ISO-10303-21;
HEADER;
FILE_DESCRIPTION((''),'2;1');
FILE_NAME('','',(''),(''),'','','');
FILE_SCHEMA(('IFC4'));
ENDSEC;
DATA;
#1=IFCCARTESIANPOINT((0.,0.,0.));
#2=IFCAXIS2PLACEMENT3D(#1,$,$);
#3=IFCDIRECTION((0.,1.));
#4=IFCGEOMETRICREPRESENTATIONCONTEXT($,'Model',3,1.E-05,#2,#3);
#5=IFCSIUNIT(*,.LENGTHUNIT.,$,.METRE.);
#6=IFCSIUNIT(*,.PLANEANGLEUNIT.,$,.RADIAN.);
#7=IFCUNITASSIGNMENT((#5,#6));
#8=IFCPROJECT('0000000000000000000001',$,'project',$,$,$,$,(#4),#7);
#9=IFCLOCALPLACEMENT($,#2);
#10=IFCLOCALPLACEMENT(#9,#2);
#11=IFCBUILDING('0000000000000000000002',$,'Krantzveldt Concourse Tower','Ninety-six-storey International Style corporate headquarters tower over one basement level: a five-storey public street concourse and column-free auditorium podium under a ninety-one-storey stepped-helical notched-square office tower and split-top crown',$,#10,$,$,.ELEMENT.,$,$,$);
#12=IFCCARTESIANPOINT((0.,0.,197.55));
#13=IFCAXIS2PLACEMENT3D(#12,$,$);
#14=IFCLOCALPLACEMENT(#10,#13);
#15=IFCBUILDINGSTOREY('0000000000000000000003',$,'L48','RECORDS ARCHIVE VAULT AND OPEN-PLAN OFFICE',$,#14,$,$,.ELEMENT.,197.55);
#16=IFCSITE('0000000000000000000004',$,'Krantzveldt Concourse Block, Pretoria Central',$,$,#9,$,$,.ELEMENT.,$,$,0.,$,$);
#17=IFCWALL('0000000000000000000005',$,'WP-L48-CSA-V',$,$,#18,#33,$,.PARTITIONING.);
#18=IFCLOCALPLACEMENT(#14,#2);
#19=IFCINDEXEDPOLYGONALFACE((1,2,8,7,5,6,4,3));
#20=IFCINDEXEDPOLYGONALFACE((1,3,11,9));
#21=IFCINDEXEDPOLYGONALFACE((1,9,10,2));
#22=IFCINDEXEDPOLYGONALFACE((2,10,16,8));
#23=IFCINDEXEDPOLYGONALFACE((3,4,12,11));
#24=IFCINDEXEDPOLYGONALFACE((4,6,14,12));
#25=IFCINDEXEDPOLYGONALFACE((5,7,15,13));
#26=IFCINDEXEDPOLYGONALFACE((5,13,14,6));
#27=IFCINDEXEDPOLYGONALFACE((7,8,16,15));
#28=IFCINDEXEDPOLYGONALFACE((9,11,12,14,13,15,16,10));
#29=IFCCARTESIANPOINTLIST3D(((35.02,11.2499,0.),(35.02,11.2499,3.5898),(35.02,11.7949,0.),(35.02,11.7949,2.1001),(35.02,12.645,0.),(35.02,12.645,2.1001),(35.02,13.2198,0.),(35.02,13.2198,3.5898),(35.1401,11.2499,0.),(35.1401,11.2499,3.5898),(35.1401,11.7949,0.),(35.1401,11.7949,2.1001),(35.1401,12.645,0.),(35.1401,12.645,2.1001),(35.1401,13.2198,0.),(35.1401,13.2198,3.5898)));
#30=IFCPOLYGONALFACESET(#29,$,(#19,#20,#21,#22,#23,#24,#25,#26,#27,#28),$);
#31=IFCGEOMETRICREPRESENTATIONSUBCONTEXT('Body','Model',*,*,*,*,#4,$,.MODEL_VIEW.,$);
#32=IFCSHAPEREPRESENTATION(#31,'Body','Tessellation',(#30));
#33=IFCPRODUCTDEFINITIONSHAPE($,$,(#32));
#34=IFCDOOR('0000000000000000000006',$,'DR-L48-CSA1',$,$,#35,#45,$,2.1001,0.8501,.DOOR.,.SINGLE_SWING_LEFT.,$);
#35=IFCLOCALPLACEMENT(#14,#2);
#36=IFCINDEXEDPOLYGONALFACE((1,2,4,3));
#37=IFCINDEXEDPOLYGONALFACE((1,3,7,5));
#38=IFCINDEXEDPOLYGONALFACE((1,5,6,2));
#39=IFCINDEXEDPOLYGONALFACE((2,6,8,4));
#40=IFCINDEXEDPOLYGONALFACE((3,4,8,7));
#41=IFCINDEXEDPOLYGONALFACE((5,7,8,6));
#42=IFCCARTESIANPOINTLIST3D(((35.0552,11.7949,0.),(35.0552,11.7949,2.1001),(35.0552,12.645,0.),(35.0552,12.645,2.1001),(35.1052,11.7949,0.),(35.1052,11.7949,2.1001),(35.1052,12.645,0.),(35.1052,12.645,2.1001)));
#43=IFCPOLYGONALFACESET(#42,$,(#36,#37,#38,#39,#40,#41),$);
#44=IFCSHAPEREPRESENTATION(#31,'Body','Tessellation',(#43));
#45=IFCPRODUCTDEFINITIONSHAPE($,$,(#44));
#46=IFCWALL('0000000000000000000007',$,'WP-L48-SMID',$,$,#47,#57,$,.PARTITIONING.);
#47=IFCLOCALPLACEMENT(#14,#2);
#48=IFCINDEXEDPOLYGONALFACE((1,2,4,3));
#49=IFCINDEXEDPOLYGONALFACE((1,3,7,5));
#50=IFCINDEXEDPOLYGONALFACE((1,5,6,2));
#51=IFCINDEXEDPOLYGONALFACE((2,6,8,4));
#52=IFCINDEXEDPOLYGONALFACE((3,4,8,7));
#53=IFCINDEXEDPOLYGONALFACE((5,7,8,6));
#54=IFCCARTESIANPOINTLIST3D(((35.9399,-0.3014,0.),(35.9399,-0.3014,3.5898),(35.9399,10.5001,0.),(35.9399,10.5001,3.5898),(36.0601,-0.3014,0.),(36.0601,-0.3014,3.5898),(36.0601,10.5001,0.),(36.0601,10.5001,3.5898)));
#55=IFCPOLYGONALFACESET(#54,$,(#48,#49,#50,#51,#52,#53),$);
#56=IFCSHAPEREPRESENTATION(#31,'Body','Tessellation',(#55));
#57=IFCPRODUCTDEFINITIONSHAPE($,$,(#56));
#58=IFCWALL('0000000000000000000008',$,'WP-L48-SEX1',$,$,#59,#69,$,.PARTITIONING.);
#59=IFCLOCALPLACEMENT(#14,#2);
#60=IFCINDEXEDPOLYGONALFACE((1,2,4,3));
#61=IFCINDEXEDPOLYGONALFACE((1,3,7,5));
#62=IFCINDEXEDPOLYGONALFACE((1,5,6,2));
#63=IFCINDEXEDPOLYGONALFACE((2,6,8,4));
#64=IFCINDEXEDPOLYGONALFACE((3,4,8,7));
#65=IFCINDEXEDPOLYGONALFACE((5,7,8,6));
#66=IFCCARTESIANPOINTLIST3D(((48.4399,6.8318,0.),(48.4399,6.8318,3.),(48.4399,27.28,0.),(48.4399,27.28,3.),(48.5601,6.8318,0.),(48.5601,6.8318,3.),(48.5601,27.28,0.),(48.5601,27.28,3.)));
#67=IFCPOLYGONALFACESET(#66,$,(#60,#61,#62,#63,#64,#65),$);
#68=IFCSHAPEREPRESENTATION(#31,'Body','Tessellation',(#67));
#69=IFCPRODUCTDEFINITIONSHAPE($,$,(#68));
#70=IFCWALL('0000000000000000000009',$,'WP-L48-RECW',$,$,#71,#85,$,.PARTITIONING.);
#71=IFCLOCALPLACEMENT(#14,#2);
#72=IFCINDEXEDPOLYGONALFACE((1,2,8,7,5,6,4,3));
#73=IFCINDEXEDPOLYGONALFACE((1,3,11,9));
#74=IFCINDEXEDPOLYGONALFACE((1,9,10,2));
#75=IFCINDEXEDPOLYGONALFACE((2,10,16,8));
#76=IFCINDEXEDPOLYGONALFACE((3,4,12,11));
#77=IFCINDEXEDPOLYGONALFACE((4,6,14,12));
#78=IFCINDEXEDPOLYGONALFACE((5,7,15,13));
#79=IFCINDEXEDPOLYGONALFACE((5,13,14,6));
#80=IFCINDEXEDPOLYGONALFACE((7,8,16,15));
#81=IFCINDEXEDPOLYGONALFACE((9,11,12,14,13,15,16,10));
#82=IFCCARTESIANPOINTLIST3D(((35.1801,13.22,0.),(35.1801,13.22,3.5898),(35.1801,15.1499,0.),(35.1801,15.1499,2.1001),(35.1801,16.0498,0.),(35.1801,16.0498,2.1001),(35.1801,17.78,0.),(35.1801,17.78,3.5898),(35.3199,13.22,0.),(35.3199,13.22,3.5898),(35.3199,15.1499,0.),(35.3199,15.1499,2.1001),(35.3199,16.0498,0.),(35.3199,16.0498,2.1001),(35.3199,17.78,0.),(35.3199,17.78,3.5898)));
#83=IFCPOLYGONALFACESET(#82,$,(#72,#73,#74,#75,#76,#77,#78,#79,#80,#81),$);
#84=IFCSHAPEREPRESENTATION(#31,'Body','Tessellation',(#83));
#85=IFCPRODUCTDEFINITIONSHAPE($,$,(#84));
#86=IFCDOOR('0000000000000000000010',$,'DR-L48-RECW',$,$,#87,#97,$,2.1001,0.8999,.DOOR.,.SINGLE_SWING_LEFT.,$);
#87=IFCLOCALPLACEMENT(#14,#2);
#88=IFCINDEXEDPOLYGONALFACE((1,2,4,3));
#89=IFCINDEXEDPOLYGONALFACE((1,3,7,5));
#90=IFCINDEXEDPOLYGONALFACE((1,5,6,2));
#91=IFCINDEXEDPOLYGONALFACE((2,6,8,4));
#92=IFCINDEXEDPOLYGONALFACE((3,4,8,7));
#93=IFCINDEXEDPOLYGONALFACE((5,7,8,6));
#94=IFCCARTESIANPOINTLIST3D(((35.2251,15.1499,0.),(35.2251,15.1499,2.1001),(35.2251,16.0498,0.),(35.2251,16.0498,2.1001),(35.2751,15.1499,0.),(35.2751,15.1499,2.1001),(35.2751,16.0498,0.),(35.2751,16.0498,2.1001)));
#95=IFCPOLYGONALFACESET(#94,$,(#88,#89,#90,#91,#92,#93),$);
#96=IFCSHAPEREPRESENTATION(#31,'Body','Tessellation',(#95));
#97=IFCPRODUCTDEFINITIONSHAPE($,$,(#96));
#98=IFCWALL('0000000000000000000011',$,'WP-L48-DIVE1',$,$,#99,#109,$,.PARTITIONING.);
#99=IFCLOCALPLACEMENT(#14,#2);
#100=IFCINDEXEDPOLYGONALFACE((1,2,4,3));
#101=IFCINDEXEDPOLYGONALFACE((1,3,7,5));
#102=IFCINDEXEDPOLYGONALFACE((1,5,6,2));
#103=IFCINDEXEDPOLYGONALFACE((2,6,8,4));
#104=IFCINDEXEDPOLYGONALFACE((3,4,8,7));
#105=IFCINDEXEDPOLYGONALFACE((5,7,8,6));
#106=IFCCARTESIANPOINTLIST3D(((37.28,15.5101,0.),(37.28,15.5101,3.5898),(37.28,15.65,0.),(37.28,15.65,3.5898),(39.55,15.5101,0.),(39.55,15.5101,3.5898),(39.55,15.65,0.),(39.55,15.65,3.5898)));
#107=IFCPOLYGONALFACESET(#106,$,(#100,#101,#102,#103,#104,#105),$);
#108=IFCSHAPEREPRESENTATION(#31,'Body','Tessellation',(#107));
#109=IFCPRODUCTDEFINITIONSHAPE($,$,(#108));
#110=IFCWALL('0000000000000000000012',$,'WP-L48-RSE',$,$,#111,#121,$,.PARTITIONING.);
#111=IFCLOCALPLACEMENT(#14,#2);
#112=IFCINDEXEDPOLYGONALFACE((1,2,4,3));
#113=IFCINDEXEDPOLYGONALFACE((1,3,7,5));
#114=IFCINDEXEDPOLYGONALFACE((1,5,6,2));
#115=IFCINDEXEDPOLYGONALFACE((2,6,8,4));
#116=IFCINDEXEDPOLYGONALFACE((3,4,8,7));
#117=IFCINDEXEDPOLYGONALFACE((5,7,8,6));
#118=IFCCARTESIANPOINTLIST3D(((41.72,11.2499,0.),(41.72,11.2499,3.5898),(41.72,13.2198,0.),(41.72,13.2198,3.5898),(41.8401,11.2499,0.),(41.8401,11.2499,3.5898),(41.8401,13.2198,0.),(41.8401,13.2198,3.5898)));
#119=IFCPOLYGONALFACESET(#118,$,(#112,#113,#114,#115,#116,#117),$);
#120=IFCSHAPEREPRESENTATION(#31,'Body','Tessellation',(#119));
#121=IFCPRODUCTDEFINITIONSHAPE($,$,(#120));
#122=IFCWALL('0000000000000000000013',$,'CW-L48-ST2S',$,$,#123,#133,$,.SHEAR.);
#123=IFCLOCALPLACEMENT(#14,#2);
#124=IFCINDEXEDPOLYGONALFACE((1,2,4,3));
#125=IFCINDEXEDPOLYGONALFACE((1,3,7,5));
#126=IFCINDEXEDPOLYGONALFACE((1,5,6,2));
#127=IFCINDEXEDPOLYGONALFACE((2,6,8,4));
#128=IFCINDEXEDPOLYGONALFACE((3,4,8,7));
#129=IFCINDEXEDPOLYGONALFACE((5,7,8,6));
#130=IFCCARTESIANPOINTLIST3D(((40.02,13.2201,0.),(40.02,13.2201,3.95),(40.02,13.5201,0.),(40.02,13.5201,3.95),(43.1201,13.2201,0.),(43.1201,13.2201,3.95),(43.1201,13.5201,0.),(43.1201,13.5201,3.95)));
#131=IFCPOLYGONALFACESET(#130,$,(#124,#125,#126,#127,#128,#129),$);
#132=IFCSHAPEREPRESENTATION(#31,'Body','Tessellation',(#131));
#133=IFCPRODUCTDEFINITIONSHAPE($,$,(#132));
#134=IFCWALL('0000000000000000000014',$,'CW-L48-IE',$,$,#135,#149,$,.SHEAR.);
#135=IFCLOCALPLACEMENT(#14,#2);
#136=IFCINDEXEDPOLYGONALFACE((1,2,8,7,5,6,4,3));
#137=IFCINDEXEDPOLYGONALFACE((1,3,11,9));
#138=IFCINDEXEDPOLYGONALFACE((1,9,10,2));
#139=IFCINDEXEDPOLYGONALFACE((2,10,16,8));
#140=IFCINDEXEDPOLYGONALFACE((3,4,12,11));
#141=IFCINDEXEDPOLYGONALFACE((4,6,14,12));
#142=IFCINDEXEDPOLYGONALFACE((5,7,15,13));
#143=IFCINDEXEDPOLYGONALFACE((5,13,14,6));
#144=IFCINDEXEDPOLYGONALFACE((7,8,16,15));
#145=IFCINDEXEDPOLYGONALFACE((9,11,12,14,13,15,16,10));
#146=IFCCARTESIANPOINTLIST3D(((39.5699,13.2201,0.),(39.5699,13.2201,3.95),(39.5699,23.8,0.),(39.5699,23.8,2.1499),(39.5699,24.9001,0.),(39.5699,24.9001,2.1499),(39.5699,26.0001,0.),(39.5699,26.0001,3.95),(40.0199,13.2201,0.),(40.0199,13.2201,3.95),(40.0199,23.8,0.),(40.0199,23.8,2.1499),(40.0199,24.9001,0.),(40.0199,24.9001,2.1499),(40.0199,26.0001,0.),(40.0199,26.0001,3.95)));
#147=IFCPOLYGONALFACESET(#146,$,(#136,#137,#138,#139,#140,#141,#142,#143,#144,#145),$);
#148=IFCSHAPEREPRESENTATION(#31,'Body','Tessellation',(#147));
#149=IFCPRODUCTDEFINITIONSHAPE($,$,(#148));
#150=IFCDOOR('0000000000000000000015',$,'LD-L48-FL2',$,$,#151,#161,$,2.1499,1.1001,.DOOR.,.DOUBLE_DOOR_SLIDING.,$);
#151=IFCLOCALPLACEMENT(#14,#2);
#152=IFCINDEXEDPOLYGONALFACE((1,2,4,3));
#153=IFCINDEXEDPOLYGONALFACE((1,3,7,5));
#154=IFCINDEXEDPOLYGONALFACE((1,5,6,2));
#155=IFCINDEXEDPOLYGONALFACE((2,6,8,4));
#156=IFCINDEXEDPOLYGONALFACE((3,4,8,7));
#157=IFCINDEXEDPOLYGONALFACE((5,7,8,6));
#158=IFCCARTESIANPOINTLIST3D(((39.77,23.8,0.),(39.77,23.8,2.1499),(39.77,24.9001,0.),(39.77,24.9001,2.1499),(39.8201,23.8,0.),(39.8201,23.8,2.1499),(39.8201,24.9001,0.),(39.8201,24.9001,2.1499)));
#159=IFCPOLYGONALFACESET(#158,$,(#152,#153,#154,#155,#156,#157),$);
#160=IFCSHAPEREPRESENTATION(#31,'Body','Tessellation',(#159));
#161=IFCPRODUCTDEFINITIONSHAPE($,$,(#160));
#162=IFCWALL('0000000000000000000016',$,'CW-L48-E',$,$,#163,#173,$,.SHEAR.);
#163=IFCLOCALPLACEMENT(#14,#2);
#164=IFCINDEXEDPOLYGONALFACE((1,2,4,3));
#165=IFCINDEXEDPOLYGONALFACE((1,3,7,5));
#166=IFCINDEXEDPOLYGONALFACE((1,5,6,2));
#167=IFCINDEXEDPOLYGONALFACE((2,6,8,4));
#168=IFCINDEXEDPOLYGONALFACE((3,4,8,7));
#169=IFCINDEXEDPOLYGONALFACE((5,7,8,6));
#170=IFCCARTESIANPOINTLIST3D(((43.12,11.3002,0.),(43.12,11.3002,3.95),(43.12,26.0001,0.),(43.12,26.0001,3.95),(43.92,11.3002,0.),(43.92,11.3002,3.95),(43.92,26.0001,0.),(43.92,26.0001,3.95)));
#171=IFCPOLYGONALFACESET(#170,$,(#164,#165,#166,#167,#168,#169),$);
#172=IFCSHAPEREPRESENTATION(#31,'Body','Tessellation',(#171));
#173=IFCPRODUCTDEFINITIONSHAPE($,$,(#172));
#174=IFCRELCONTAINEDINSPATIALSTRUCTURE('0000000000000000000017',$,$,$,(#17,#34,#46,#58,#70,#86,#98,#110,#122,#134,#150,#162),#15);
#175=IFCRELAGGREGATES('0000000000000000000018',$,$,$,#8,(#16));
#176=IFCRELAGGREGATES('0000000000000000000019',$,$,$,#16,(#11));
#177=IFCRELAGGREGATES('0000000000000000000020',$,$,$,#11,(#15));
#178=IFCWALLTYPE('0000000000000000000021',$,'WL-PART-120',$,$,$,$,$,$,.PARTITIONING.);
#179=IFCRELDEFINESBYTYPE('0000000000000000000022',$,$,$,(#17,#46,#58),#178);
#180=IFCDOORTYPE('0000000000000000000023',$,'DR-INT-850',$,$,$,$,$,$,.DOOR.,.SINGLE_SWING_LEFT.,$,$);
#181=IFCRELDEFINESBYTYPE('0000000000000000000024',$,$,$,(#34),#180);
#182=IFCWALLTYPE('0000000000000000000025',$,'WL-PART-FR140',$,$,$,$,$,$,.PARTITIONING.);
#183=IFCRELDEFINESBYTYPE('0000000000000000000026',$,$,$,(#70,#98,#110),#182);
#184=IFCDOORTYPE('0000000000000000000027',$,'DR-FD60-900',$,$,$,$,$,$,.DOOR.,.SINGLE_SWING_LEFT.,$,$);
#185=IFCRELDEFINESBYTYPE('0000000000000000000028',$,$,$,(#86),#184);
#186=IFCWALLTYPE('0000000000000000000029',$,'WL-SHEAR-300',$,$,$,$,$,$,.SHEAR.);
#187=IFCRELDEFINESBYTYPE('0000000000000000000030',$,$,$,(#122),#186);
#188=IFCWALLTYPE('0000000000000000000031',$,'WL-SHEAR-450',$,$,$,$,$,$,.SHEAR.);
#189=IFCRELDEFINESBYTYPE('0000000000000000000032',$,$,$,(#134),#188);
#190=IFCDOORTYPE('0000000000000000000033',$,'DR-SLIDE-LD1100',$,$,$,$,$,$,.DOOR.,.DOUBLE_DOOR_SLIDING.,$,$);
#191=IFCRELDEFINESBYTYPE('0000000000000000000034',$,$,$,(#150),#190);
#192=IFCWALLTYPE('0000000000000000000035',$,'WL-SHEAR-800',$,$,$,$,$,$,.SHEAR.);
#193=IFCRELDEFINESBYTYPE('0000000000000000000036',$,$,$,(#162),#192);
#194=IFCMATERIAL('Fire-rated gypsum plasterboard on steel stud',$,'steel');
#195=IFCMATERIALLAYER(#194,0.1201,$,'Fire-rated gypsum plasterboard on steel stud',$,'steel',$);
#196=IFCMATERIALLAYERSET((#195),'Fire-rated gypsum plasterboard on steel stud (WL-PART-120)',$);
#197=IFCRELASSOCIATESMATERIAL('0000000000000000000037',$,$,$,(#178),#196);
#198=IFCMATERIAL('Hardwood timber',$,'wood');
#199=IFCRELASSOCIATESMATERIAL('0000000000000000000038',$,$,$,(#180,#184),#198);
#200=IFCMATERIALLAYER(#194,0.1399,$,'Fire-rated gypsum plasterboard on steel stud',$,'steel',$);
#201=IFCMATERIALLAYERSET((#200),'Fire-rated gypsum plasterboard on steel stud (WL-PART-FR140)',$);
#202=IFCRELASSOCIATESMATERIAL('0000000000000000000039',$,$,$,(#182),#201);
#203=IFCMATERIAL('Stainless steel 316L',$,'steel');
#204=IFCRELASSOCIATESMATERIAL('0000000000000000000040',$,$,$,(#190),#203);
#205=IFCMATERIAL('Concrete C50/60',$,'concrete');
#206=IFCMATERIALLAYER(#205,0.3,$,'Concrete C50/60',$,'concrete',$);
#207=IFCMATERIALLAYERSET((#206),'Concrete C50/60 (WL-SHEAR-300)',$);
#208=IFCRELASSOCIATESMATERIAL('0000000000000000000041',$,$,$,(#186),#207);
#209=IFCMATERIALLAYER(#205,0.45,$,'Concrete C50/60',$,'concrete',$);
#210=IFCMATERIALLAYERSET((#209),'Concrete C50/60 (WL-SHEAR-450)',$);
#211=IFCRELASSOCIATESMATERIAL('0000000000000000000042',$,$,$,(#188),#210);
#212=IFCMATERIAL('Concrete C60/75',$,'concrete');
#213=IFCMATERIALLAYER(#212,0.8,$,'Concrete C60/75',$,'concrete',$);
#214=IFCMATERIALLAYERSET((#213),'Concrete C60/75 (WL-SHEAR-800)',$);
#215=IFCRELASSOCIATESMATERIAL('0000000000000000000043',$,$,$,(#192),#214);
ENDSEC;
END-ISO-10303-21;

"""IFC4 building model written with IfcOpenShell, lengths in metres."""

from ifc_helpers import new_model, si_unit, direction, frame, frame_2d, origin, place, context, subcontext, project, spatial, rectangle, extrude, material, layer, layer_set, type_object, element, fill, save


model = new_model("IFC4")

# Units and contexts
model_context = context("Model", 3, precision=1e-05, world=origin(), true_north=direction((0.0, 1.0)))
body_context = subcontext(model_context, "Body", "Model", "MODEL_VIEW")
ifc_project = project(units=[si_unit("LENGTHUNIT", "METRE"), si_unit("PLANEANGLEUNIT", "RADIAN")], contexts=[model_context])

# Site, building, storey
site_placement = place(None, origin())
site = spatial("IfcSite", under=ifc_project, at=site_placement, Name="Krantzveldt Concourse Block, Pretoria Central", CompositionType="ELEMENT", RefElevation=0.0)
building_placement = place(site_placement, origin())
building = spatial("IfcBuilding", under=site, at=building_placement, Name="Krantzveldt Concourse Tower", Description="Ninety-six-storey International Style corporate headquarters tower over one basement level: a five-storey public street concourse and column-free auditorium podium under a ninety-one-storey stepped-helical notched-square office tower and split-top crown", CompositionType="ELEMENT")
storey_placement = place(building_placement, frame((0.0, 0.0, 197.55)))
storey = spatial("IfcBuildingStorey", under=building, at=storey_placement, Name="L48", Description="RECORDS ARCHIVE VAULT AND OPEN-PLAN OFFICE", CompositionType="ELEMENT", Elevation=197.55)

# Shared definitions
ifc_material_1 = material(Name="Concrete C50/60", Category="concrete")

# Wall, opening, door
ifc_material_2 = material(Name="Fire-rated gypsum plasterboard on steel stud", Category="steel")
ifc_layer_1 = layer(ifc_material_2, 0.1201, Name="Fire-rated gypsum plasterboard on steel stud", Category="steel")
ifc_layer_set_1 = layer_set([ifc_layer_1], Name="Fire-rated gypsum plasterboard on steel stud (WL-PART-120)")
wall_type_1 = type_object("IfcWallType", Name="WL-PART-120", PredefinedType="PARTITIONING", material=ifc_layer_set_1)
wall_1_placement = place(storey_placement, frame((35.0801, 11.25, 0.0), z_axis=(0.0, 0.0, 1.0), x_axis=(0.0, 1.0, 0.0)))
wall_1 = element("IfcWall", 1, at=wall_1_placement, inside=storey, type_object=wall_type_1, Name="WP-L48-CSA-V", PredefinedType="PARTITIONING", context=body_context, shape_type="SweptSolid", body=[
    extrude(rectangle(XDim=1.97, YDim=0.1201, at=frame_2d((0.9849, 0.0))), origin(), (0.0, 0.0, 1.0), 3.5898),
])
opening_1_placement = place(wall_1_placement, frame((0.5449, 0.0, 0.0)))
opening_1 = element("IfcOpeningElement", 2, at=opening_1_placement, cuts=wall_1, PredefinedType="OPENING", context=body_context, shape_type="SweptSolid", body=[
    extrude(rectangle(XDim=0.8501, YDim=2.1001, at=frame_2d((0.425, 1.05))), frame((0.0, 0.0701, 0.0), z_axis=(0.0, -1.0, 0.0), x_axis=(1.0, 0.0, 0.0)), (0.0, 0.0, 1.0), 0.1401),
])
ifc_material_3 = material(Name="Hardwood timber", Category="wood")
door_type_1 = type_object("IfcDoorType", Name="DR-INT-850", OperationType="SINGLE_SWING_LEFT", PredefinedType="DOOR", material=ifc_material_3)
door_1_placement = place(opening_1_placement, origin())
door_1 = element("IfcDoor", 3, at=door_1_placement, inside=storey, type_object=door_type_1, Name="DR-L48-CSA1", OperationType="SINGLE_SWING_LEFT", OverallHeight=2.1001, OverallWidth=0.8501, PredefinedType="DOOR", context=body_context, shape_type="SweptSolid", body=[
    extrude(rectangle(XDim=0.8501, YDim=2.1001, at=frame_2d((0.425, 1.05))), frame((0.0, 0.0249, 0.0), z_axis=(0.0, -1.0, 0.0), x_axis=(1.0, 0.0, 0.0)), (0.0, 0.0, 1.0), 0.05),
])
fill(opening_1, door_1)

# Walls
wall_2_placement = place(storey_placement, frame((36.0, -0.3015, 0.0), z_axis=(0.0, 0.0, 1.0), x_axis=(0.0, 1.0, 0.0)))
element("IfcWall", 4, at=wall_2_placement, inside=storey, type_object=wall_type_1, Name="WP-L48-SMID", PredefinedType="PARTITIONING", context=body_context, shape_type="SweptSolid", body=[
    extrude(rectangle(XDim=10.8015, YDim=0.1201, at=frame_2d((5.4009, 0.0))), origin(), (0.0, 0.0, 1.0), 3.5898),
])
wall_3_placement = place(storey_placement, frame((48.5, 6.8318, 0.0), z_axis=(0.0, 0.0, 1.0), x_axis=(0.0, 1.0, 0.0)))
element("IfcWall", 5, at=wall_3_placement, inside=storey, type_object=wall_type_1, Name="WP-L48-SEX1", PredefinedType="PARTITIONING", context=body_context, shape_type="SweptSolid", body=[
    extrude(rectangle(XDim=20.4482, YDim=0.1201, at=frame_2d((10.2241, 0.0))), origin(), (0.0, 0.0, 1.0), 3.0),
])

# Wall, opening, door
ifc_layer_2 = layer(ifc_material_2, 0.1399, Name="Fire-rated gypsum plasterboard on steel stud", Category="steel")
ifc_layer_set_2 = layer_set([ifc_layer_2], Name="Fire-rated gypsum plasterboard on steel stud (WL-PART-FR140)")
wall_type_2 = type_object("IfcWallType", Name="WL-PART-FR140", PredefinedType="PARTITIONING", material=ifc_layer_set_2)
wall_4_placement = place(storey_placement, frame((35.25, 13.22, 0.0), z_axis=(0.0, 0.0, 1.0), x_axis=(0.0, 1.0, 0.0)))
wall_4 = element("IfcWall", 6, at=wall_4_placement, inside=storey, type_object=wall_type_2, Name="WP-L48-RECW", PredefinedType="PARTITIONING", context=body_context, shape_type="SweptSolid", body=[
    extrude(rectangle(XDim=4.5601, YDim=0.1399, at=frame_2d((2.28, 0.0))), origin(), (0.0, 0.0, 1.0), 3.5898),
])
opening_2_placement = place(wall_4_placement, frame((1.9299, 0.0, 0.0)))
opening_2 = element("IfcOpeningElement", 7, at=opening_2_placement, cuts=wall_4, PredefinedType="OPENING", context=body_context, shape_type="SweptSolid", body=[
    extrude(rectangle(XDim=0.8999, YDim=2.1001, at=frame_2d((0.45, 1.05))), frame((0.0, 0.0801, 0.0), z_axis=(0.0, -1.0, 0.0), x_axis=(1.0, 0.0, 0.0)), (0.0, 0.0, 1.0), 0.1599),
])
door_type_2 = type_object("IfcDoorType", Name="DR-FD60-900", OperationType="SINGLE_SWING_LEFT", PredefinedType="DOOR", material=ifc_material_3)
door_2_placement = place(opening_2_placement, origin())
door_2 = element("IfcDoor", 8, at=door_2_placement, inside=storey, type_object=door_type_2, Name="DR-L48-RECW", OperationType="SINGLE_SWING_LEFT", OverallHeight=2.1001, OverallWidth=0.8999, PredefinedType="DOOR", context=body_context, shape_type="SweptSolid", body=[
    extrude(rectangle(XDim=0.8999, YDim=2.1001, at=frame_2d((0.45, 1.05))), frame((0.0, 0.0249, 0.0), z_axis=(0.0, -1.0, 0.0), x_axis=(1.0, 0.0, 0.0)), (0.0, 0.0, 1.0), 0.05),
])
fill(opening_2, door_2)

# Shared definitions
ifc_material_4 = material(Name="Stainless steel 316L", Category="steel")
door_type_3 = type_object("IfcDoorType", Name="DR-SLIDE-LD1100", OperationType="DOUBLE_DOOR_SLIDING", PredefinedType="DOOR", material=ifc_material_4)

# Walls
wall_5_placement = place(storey_placement, frame((37.28, 15.5801, 0.0), z_axis=(0.0, 0.0, 1.0), x_axis=(1.0, 0.0, 0.0)))
element("IfcWall", 9, at=wall_5_placement, inside=storey, type_object=wall_type_2, Name="WP-L48-DIVE1", PredefinedType="PARTITIONING", context=body_context, shape_type="SweptSolid", body=[
    extrude(rectangle(XDim=2.27, YDim=0.1399, at=frame_2d((1.135, 0.0))), origin(), (0.0, 0.0, 1.0), 3.5898),
])
wall_6_placement = place(storey_placement, frame((41.78, 11.25, 0.0), z_axis=(0.0, 0.0, 1.0), x_axis=(0.0, 1.0, 0.0)))
element("IfcWall", 10, at=wall_6_placement, inside=storey, type_object=wall_type_2, Name="WP-L48-RSE", PredefinedType="PARTITIONING", context=body_context, shape_type="SweptSolid", body=[
    extrude(rectangle(XDim=1.97, YDim=0.1201, at=frame_2d((0.9849, 0.0))), origin(), (0.0, 0.0, 1.0), 3.5898),
])
ifc_layer_3 = layer(ifc_material_1, 0.3, Name="Concrete C50/60", Category="concrete")
ifc_layer_set_3 = layer_set([ifc_layer_3], Name="Concrete C50/60 (WL-SHEAR-300)")
wall_type_3 = type_object("IfcWallType", Name="WL-SHEAR-300", PredefinedType="SHEAR", material=ifc_layer_set_3)
wall_7_placement = place(storey_placement, frame((40.02, 13.3701, 0.0), z_axis=(0.0, 0.0, 1.0), x_axis=(1.0, 0.0, 0.0)))
element("IfcWall", 11, at=wall_7_placement, inside=storey, type_object=wall_type_3, Name="CW-L48-ST2S", PredefinedType="SHEAR", context=body_context, shape_type="SweptSolid", body=[
    extrude(rectangle(XDim=3.1001, YDim=0.3, at=frame_2d((1.55, 0.0))), origin(), (0.0, 0.0, 1.0), 3.95),
])

# Wall, opening, door
ifc_layer_4 = layer(ifc_material_1, 0.45, Name="Concrete C50/60", Category="concrete")
ifc_layer_set_4 = layer_set([ifc_layer_4], Name="Concrete C50/60 (WL-SHEAR-450)")
wall_type_4 = type_object("IfcWallType", Name="WL-SHEAR-450", PredefinedType="SHEAR", material=ifc_layer_set_4)
wall_8_placement = place(storey_placement, frame((39.7949, 13.22, 0.0), z_axis=(0.0, 0.0, 1.0), x_axis=(0.0, 1.0, 0.0)))
wall_8 = element("IfcWall", 12, at=wall_8_placement, inside=storey, type_object=wall_type_4, Name="CW-L48-IE", PredefinedType="SHEAR", context=body_context, shape_type="SweptSolid", body=[
    extrude(rectangle(XDim=12.78, YDim=0.45, at=frame_2d((6.3901, 0.0))), origin(), (0.0, 0.0, 1.0), 3.95),
])
opening_3_placement = place(wall_8_placement, frame((10.5801, 0.0, 0.0)))
opening_3 = element("IfcOpeningElement", 13, at=opening_3_placement, cuts=wall_8, PredefinedType="OPENING", context=body_context, shape_type="SweptSolid", body=[
    extrude(rectangle(XDim=1.1001, YDim=2.1499, at=frame_2d((0.55, 1.075))), frame((0.0, 0.2349, 0.0), z_axis=(0.0, -1.0, 0.0), x_axis=(1.0, 0.0, 0.0)), (0.0, 0.0, 1.0), 0.47),
])
door_3_placement = place(opening_3_placement, origin())
door_3 = element("IfcDoor", 14, at=door_3_placement, inside=storey, type_object=door_type_3, Name="LD-L48-FL2", OperationType="DOUBLE_DOOR_SLIDING", OverallHeight=2.1499, OverallWidth=1.1001, PredefinedType="DOOR", context=body_context, shape_type="SweptSolid", body=[
    extrude(rectangle(XDim=1.1001, YDim=2.1499, at=frame_2d((0.55, 1.075))), frame((0.0, 0.0249, 0.0), z_axis=(0.0, -1.0, 0.0), x_axis=(1.0, 0.0, 0.0)), (0.0, 0.0, 1.0), 0.05),
])
fill(opening_3, door_3)

# Wall
ifc_material_5 = material(Name="Concrete C60/75", Category="concrete")
ifc_layer_5 = layer(ifc_material_5, 0.8, Name="Concrete C60/75", Category="concrete")
ifc_layer_set_5 = layer_set([ifc_layer_5], Name="Concrete C60/75 (WL-SHEAR-800)")
wall_type_5 = type_object("IfcWallType", Name="WL-SHEAR-800", PredefinedType="SHEAR", material=ifc_layer_set_5)
wall_9_placement = place(storey_placement, frame((43.52, 11.3, 0.0), z_axis=(0.0, 0.0, 1.0), x_axis=(0.0, 1.0, 0.0)))
element("IfcWall", 15, at=wall_9_placement, inside=storey, type_object=wall_type_5, Name="CW-L48-E", PredefinedType="SHEAR", context=body_context, shape_type="SweptSolid", body=[
    extrude(rectangle(XDim=14.7, YDim=0.8, at=frame_2d((7.3501, 0.0))), origin(), (0.0, 0.0, 1.0), 3.95),
])

save(model, "model.ifc")
